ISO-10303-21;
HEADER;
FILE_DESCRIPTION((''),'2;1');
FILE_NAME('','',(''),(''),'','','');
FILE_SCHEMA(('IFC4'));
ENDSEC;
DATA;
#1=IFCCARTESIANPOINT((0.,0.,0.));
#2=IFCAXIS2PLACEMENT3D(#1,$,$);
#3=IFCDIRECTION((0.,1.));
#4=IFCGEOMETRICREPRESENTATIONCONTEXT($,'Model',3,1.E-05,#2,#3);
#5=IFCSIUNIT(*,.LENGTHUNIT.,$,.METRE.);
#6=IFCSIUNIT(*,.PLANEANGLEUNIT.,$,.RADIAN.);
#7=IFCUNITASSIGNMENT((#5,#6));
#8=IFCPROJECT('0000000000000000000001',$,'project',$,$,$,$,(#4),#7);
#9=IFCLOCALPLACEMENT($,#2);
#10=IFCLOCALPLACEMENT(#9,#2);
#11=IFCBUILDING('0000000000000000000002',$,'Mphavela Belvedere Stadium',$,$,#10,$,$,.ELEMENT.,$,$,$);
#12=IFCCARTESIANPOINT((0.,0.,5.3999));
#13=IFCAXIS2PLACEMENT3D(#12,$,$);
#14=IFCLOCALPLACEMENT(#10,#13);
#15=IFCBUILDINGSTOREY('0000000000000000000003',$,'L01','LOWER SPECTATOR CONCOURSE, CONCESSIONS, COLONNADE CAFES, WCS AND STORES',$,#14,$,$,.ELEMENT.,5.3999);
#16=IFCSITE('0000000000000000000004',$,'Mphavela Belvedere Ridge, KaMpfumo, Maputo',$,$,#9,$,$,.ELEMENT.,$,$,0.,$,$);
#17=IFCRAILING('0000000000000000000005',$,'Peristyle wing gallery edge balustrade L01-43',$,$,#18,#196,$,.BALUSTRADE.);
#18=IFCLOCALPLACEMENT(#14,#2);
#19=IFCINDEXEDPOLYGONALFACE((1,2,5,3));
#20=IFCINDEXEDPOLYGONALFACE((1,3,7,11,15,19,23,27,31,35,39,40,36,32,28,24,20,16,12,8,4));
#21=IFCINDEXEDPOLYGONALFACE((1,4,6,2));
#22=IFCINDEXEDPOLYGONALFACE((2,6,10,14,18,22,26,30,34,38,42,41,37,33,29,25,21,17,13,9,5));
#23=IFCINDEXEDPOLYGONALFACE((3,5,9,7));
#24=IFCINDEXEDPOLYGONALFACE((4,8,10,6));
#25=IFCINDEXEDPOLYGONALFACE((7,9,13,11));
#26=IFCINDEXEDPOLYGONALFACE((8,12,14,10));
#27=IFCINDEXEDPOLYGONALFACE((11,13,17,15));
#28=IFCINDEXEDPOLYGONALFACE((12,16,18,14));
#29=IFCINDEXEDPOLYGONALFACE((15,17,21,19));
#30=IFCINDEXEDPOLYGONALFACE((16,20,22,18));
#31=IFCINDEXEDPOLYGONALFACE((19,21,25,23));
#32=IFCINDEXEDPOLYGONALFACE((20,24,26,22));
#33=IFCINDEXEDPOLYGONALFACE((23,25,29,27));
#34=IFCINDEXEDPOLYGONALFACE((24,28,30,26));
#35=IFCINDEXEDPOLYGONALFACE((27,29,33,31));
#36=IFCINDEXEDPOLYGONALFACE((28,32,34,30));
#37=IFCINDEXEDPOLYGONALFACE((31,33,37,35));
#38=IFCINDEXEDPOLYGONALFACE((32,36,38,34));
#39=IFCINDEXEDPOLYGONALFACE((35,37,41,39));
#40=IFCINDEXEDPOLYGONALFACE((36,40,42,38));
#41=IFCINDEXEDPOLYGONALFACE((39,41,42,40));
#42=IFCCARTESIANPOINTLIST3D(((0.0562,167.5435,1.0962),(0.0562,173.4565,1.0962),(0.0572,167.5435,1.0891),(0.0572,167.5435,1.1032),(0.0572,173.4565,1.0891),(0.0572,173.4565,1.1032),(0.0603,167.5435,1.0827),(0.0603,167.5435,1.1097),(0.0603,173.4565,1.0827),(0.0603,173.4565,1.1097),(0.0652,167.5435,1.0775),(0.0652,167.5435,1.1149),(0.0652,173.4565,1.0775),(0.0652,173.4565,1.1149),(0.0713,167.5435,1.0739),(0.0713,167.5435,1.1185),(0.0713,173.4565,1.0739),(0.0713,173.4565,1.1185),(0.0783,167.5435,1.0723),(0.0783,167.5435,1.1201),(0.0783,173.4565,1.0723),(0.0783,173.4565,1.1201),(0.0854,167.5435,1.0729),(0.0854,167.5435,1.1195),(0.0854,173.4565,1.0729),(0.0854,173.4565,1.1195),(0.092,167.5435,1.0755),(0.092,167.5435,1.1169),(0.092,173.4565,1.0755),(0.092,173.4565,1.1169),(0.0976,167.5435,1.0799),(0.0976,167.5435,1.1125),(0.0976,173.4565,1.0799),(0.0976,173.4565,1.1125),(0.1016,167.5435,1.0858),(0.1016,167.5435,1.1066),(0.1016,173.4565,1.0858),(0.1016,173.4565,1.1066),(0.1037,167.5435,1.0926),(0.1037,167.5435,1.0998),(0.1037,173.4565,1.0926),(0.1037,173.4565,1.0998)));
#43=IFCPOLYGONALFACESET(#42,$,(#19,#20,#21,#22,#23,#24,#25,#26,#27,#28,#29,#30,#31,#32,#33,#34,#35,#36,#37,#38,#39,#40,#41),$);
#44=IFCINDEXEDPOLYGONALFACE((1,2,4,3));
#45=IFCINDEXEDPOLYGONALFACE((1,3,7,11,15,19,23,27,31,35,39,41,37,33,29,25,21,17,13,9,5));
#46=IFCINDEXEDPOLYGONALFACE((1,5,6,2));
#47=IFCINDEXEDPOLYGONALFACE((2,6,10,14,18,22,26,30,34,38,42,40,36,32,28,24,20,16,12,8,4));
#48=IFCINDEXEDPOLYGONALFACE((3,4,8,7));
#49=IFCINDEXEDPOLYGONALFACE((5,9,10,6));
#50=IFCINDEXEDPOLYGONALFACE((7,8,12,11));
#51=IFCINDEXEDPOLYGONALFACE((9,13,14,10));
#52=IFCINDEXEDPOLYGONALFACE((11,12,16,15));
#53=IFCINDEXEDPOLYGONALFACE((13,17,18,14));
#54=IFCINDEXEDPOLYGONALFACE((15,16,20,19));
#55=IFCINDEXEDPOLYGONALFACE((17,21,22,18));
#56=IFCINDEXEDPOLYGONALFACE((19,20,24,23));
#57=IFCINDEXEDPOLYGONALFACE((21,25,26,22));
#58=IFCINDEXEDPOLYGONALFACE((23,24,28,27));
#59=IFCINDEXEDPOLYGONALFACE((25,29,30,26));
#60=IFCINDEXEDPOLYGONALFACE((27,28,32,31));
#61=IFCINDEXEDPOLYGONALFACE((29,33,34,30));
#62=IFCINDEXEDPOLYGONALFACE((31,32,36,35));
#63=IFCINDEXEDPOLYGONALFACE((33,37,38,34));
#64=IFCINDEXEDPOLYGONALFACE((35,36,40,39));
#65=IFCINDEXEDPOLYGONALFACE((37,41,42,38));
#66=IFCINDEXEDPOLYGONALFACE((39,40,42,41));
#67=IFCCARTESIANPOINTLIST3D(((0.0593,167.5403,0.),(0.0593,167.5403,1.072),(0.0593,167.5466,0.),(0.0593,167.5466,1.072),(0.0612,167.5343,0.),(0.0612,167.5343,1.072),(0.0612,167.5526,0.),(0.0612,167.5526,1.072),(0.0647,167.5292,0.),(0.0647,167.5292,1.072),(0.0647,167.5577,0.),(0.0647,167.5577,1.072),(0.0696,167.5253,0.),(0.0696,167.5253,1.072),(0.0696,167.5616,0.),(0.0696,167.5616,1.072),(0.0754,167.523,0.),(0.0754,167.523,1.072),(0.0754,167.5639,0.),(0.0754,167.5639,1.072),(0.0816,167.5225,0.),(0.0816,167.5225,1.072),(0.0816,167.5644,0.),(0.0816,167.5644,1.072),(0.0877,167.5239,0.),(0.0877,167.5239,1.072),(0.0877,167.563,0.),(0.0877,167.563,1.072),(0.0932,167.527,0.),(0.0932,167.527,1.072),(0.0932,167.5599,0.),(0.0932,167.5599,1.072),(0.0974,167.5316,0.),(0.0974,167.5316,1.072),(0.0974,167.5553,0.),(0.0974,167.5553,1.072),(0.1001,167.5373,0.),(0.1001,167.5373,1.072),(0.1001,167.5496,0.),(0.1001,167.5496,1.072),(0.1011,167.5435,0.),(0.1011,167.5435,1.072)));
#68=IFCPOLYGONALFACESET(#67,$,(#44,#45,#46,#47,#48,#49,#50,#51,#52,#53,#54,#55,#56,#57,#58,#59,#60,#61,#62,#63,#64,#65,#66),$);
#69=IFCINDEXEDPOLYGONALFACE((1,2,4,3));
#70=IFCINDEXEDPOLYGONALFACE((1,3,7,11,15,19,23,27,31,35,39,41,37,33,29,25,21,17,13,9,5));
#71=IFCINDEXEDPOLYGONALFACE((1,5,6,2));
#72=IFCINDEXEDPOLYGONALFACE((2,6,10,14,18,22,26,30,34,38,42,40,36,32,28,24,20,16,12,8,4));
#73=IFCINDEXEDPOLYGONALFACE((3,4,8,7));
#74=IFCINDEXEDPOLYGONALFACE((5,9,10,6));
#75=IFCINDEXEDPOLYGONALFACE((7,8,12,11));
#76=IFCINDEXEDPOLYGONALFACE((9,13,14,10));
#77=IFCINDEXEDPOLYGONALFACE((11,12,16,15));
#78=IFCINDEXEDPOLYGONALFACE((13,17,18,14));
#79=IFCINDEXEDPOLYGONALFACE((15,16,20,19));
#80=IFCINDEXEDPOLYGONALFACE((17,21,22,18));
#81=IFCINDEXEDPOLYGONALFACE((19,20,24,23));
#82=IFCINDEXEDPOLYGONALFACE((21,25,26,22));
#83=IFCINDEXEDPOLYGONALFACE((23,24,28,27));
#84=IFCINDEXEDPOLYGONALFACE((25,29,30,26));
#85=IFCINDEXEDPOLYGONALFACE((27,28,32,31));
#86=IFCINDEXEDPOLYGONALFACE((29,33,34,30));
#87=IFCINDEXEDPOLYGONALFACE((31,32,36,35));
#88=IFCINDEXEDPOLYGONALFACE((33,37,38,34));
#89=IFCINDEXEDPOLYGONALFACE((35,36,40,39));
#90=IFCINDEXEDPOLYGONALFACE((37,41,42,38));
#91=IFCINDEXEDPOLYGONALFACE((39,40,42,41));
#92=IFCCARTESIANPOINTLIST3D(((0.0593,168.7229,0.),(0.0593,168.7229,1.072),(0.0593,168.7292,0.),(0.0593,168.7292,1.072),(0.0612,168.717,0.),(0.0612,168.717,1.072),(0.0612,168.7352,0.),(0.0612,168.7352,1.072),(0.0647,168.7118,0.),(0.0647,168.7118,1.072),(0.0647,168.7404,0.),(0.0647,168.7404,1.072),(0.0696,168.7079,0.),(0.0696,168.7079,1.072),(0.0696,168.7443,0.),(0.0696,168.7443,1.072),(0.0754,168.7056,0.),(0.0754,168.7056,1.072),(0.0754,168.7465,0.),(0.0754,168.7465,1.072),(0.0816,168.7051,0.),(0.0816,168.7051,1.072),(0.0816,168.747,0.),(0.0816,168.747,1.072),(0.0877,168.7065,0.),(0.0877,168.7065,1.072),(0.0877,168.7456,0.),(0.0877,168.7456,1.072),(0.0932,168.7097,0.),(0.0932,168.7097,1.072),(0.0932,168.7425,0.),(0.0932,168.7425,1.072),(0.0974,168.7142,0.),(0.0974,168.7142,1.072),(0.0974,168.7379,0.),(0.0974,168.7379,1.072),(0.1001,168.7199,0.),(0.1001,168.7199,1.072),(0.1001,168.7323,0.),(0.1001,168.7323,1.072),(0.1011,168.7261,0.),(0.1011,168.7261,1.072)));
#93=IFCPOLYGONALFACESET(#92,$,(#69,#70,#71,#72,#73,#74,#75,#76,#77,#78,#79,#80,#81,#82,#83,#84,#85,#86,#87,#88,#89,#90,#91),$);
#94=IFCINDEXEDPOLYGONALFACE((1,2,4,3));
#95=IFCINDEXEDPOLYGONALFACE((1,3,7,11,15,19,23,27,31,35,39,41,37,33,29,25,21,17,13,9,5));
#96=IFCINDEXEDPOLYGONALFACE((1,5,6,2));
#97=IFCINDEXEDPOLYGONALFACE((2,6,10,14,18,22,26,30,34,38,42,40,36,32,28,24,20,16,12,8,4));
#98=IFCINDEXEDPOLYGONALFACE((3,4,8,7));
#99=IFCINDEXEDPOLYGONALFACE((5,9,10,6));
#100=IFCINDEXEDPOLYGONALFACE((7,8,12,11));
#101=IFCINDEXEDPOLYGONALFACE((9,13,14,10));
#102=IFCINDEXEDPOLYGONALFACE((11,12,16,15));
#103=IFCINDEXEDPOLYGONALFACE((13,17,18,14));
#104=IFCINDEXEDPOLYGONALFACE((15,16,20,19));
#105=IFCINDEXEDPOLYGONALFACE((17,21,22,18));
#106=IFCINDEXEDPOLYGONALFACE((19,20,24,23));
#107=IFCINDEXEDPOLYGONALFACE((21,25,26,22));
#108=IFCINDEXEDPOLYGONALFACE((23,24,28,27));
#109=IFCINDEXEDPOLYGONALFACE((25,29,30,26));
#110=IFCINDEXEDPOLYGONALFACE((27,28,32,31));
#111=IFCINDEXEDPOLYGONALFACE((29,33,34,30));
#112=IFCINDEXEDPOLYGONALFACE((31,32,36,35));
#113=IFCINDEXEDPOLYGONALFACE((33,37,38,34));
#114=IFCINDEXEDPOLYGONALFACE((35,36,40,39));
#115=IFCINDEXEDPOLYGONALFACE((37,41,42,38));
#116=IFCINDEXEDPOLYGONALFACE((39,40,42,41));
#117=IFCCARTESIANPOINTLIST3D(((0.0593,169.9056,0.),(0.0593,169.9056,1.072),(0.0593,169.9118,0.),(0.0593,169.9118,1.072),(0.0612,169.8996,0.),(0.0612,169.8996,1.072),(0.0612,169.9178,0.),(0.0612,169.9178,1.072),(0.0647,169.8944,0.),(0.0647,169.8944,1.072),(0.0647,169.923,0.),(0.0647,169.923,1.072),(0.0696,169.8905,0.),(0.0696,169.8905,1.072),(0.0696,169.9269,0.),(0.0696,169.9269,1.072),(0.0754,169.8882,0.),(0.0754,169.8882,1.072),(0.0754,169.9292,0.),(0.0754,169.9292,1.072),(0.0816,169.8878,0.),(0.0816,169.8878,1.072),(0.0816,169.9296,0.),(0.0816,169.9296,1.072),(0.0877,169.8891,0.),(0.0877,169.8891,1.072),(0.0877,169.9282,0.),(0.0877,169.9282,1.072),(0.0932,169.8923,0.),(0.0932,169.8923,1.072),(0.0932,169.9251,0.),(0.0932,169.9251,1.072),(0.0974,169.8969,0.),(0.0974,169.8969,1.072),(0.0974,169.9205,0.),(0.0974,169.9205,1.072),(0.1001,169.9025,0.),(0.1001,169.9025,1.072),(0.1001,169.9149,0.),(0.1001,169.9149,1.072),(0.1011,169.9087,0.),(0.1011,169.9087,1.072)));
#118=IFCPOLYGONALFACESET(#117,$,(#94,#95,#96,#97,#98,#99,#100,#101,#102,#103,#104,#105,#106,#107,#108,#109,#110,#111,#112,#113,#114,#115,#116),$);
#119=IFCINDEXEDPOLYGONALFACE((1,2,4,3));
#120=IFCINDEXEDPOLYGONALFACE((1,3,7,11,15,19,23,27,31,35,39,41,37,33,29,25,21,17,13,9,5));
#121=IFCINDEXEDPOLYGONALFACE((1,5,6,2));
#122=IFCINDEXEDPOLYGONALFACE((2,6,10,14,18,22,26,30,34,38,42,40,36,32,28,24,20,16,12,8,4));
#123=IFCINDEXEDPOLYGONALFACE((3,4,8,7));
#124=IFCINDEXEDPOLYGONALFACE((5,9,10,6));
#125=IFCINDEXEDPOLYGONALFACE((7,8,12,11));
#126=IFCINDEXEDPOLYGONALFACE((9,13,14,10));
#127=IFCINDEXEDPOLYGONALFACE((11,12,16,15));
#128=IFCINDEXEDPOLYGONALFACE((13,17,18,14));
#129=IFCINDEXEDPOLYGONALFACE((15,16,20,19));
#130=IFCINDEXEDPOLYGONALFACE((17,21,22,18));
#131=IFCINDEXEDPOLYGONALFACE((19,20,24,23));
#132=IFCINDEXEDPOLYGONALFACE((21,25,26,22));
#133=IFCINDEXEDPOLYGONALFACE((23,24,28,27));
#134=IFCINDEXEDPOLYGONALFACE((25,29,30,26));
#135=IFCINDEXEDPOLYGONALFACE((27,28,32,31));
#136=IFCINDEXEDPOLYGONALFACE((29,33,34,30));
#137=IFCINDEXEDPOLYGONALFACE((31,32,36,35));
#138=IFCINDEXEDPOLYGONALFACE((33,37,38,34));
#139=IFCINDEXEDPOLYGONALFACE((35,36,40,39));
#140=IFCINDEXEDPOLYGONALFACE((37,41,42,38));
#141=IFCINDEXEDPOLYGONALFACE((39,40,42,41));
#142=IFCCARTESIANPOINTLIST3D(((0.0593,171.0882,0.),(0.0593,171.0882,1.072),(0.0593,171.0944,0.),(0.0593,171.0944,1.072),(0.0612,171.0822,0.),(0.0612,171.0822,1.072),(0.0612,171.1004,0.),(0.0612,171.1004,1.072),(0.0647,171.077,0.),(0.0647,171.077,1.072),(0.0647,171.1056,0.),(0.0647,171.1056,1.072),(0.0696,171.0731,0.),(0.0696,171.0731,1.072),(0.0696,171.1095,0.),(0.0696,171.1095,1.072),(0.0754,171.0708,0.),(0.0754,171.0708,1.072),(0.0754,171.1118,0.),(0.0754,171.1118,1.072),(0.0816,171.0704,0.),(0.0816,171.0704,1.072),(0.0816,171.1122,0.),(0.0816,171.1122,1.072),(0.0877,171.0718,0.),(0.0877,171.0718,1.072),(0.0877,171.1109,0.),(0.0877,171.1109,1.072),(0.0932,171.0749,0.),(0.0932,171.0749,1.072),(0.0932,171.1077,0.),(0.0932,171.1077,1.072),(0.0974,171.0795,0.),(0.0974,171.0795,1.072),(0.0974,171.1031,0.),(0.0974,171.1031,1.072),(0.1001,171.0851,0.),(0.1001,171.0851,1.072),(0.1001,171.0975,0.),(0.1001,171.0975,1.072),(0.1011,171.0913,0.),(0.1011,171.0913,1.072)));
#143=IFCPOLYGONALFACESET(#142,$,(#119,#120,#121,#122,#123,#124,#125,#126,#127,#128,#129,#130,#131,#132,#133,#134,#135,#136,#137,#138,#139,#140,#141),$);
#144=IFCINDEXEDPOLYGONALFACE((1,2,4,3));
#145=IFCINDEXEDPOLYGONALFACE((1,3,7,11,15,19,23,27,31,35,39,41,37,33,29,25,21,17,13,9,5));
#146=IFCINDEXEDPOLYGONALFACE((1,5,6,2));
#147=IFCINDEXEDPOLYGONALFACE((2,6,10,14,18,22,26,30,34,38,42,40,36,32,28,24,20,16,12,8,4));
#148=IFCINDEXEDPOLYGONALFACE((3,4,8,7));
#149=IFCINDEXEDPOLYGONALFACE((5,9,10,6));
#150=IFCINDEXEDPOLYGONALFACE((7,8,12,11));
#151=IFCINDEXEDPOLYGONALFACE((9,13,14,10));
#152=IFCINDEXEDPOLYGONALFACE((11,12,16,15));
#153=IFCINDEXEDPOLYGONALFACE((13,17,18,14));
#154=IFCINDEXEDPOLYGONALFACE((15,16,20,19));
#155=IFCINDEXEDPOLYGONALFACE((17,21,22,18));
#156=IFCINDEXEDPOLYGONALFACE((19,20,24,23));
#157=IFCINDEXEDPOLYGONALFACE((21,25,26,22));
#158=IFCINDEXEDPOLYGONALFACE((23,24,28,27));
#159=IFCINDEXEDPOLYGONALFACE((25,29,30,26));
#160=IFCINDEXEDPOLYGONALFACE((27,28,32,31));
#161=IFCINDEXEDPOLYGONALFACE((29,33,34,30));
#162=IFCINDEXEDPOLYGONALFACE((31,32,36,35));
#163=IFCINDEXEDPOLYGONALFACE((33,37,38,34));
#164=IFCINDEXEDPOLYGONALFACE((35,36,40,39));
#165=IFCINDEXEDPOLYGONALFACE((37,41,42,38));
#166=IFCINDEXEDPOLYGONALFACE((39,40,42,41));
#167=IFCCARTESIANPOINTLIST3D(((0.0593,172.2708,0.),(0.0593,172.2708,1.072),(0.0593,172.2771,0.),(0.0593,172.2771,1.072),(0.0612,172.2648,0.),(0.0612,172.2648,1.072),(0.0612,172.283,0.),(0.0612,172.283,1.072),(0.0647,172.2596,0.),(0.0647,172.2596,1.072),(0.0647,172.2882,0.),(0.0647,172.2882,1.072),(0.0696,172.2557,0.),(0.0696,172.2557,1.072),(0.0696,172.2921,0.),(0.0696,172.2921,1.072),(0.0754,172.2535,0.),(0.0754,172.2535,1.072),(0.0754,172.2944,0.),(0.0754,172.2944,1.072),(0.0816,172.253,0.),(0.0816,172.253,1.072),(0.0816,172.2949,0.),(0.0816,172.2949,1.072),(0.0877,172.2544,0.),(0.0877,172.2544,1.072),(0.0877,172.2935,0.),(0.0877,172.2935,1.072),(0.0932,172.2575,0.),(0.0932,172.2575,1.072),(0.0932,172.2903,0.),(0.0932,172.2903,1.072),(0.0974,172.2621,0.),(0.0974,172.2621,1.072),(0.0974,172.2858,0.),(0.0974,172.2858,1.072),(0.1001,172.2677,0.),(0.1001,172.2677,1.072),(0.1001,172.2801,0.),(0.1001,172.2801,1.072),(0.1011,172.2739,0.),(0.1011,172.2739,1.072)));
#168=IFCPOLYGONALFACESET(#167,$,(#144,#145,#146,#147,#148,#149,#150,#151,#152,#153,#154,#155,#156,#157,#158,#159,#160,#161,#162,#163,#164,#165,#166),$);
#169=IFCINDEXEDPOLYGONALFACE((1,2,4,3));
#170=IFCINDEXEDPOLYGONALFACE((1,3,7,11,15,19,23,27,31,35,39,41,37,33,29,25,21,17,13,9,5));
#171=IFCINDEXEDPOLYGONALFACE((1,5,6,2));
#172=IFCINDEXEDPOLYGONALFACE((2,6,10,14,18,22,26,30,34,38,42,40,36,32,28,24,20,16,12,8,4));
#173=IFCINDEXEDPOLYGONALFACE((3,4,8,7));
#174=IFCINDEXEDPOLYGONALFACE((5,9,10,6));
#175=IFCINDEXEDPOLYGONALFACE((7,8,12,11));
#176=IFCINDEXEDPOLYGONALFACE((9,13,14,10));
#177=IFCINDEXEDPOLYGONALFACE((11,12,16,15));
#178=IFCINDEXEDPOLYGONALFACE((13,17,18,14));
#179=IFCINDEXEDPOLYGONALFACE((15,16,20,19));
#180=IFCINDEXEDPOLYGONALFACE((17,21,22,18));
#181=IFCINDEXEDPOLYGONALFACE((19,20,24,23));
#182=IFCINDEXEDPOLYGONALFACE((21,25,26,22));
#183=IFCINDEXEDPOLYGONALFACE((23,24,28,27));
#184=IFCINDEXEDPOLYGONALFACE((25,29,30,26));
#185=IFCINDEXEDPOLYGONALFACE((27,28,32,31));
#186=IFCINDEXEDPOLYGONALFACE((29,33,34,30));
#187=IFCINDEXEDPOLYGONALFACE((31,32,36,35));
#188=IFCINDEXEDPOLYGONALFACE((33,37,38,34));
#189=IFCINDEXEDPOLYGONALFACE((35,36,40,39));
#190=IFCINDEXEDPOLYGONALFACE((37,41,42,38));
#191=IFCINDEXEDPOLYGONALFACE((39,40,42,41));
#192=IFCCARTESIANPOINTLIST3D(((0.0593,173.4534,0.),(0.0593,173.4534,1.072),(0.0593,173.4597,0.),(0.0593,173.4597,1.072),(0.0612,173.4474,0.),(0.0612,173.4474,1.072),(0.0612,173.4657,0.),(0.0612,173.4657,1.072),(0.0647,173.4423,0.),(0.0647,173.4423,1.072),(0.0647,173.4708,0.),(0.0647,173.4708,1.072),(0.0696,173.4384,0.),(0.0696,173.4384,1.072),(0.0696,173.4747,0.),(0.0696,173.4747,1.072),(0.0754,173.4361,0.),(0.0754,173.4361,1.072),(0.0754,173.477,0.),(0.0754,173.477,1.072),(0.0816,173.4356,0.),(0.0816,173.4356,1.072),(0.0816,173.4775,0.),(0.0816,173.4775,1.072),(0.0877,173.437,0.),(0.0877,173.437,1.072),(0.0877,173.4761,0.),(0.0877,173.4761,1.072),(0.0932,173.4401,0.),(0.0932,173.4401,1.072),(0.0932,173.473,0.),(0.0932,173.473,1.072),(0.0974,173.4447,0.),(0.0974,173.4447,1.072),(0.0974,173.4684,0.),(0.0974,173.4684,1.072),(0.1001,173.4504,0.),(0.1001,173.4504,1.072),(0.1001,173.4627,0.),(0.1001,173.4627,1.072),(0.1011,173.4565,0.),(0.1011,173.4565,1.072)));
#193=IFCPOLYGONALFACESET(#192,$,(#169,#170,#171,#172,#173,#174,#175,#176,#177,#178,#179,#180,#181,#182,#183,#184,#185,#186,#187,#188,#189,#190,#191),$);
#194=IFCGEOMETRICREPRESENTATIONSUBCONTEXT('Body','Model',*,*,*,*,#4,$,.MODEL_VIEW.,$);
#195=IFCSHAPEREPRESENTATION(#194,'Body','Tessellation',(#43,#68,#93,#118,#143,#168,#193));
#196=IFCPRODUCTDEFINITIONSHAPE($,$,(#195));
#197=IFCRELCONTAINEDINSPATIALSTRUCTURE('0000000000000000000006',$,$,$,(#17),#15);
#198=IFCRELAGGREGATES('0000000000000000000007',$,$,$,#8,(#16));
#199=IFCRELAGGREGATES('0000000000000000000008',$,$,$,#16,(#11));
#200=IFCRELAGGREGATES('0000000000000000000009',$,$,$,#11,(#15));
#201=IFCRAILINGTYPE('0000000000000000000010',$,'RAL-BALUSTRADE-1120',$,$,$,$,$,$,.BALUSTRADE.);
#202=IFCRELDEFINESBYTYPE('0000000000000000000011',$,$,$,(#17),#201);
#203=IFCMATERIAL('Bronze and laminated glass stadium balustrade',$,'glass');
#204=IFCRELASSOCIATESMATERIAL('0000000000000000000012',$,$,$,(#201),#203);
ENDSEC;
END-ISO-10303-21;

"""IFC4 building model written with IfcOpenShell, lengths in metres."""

from ifc_helpers import new_model, si_unit, direction, frame, origin, origin_2d, place, context, subcontext, project, spatial, circle, extrude, material, type_object, element, save


model = new_model("IFC4")

# Units and contexts
model_context = context("Model", 3, precision=1e-05, world=origin(), true_north=direction((0.0, 1.0)))
body_context = subcontext(model_context, "Body", "Model", "MODEL_VIEW")
ifc_project = project(units=[si_unit("LENGTHUNIT", "METRE"), si_unit("PLANEANGLEUNIT", "RADIAN")], contexts=[model_context])

# Site, building, storey
site_placement = place(None, origin())
site = spatial("IfcSite", under=ifc_project, at=site_placement, Name="Mphavela Belvedere Ridge, KaMpfumo, Maputo", CompositionType="ELEMENT", RefElevation=0.0)
building_placement = place(site_placement, origin())
building = spatial("IfcBuilding", under=site, at=building_placement, Name="Mphavela Belvedere Stadium", CompositionType="ELEMENT")
storey_placement = place(building_placement, frame((0.0, 0.0, 5.3999)))
storey = spatial("IfcBuildingStorey", under=building, at=storey_placement, Name="L01", Description="LOWER SPECTATOR CONCOURSE, CONCESSIONS, COLONNADE CAFES, WCS AND STORES", CompositionType="ELEMENT", Elevation=5.3999)

# Railing
ifc_material_1 = material(Name="Bronze and laminated glass stadium balustrade", Category="glass")
railing_type = type_object("IfcRailingType", Name="RAL-BALUSTRADE-1120", PredefinedType="BALUSTRADE", material=ifc_material_1)
for number, where, name in (
    (1, (0.0801, 167.5435, 0.0), "Peristyle wing gallery edge balustrade L01-43"),
):
    element("IfcRailing", number, at=place(storey_placement, frame(where)), inside=storey, type_object=railing_type, Name=name, PredefinedType="BALUSTRADE", context=body_context, shape_type="SweptSolid", body=[
        extrude(circle(Radius=0.0239, at=origin_2d()), frame((0.0, 0.0, 1.0962), z_axis=(0.0, 1.0, 0.0), x_axis=(-1.0, 0.0, 0.0)), (0.0, 0.0, 1.0), 5.9131),
        extrude(circle(Radius=0.021, at=origin_2d()), origin(), (0.0, 0.0, 1.0), 1.072),
        extrude(circle(Radius=0.021, at=origin_2d()), frame((0.0, 1.1826, 0.0)), (0.0, 0.0, 1.0), 1.072),
        extrude(circle(Radius=0.021, at=origin_2d()), frame((0.0, 2.3652, 0.0)), (0.0, 0.0, 1.0), 1.072),
        extrude(circle(Radius=0.021, at=origin_2d()), frame((0.0, 3.5479, 0.0)), (0.0, 0.0, 1.0), 1.072),
        extrude(circle(Radius=0.021, at=origin_2d()), frame((0.0, 4.7305, 0.0)), (0.0, 0.0, 1.0), 1.072),
        extrude(circle(Radius=0.021, at=origin_2d()), frame((0.0, 5.9131, 0.0)), (0.0, 0.0, 1.0), 1.072),
    ])

save(model, "model.ifc")
